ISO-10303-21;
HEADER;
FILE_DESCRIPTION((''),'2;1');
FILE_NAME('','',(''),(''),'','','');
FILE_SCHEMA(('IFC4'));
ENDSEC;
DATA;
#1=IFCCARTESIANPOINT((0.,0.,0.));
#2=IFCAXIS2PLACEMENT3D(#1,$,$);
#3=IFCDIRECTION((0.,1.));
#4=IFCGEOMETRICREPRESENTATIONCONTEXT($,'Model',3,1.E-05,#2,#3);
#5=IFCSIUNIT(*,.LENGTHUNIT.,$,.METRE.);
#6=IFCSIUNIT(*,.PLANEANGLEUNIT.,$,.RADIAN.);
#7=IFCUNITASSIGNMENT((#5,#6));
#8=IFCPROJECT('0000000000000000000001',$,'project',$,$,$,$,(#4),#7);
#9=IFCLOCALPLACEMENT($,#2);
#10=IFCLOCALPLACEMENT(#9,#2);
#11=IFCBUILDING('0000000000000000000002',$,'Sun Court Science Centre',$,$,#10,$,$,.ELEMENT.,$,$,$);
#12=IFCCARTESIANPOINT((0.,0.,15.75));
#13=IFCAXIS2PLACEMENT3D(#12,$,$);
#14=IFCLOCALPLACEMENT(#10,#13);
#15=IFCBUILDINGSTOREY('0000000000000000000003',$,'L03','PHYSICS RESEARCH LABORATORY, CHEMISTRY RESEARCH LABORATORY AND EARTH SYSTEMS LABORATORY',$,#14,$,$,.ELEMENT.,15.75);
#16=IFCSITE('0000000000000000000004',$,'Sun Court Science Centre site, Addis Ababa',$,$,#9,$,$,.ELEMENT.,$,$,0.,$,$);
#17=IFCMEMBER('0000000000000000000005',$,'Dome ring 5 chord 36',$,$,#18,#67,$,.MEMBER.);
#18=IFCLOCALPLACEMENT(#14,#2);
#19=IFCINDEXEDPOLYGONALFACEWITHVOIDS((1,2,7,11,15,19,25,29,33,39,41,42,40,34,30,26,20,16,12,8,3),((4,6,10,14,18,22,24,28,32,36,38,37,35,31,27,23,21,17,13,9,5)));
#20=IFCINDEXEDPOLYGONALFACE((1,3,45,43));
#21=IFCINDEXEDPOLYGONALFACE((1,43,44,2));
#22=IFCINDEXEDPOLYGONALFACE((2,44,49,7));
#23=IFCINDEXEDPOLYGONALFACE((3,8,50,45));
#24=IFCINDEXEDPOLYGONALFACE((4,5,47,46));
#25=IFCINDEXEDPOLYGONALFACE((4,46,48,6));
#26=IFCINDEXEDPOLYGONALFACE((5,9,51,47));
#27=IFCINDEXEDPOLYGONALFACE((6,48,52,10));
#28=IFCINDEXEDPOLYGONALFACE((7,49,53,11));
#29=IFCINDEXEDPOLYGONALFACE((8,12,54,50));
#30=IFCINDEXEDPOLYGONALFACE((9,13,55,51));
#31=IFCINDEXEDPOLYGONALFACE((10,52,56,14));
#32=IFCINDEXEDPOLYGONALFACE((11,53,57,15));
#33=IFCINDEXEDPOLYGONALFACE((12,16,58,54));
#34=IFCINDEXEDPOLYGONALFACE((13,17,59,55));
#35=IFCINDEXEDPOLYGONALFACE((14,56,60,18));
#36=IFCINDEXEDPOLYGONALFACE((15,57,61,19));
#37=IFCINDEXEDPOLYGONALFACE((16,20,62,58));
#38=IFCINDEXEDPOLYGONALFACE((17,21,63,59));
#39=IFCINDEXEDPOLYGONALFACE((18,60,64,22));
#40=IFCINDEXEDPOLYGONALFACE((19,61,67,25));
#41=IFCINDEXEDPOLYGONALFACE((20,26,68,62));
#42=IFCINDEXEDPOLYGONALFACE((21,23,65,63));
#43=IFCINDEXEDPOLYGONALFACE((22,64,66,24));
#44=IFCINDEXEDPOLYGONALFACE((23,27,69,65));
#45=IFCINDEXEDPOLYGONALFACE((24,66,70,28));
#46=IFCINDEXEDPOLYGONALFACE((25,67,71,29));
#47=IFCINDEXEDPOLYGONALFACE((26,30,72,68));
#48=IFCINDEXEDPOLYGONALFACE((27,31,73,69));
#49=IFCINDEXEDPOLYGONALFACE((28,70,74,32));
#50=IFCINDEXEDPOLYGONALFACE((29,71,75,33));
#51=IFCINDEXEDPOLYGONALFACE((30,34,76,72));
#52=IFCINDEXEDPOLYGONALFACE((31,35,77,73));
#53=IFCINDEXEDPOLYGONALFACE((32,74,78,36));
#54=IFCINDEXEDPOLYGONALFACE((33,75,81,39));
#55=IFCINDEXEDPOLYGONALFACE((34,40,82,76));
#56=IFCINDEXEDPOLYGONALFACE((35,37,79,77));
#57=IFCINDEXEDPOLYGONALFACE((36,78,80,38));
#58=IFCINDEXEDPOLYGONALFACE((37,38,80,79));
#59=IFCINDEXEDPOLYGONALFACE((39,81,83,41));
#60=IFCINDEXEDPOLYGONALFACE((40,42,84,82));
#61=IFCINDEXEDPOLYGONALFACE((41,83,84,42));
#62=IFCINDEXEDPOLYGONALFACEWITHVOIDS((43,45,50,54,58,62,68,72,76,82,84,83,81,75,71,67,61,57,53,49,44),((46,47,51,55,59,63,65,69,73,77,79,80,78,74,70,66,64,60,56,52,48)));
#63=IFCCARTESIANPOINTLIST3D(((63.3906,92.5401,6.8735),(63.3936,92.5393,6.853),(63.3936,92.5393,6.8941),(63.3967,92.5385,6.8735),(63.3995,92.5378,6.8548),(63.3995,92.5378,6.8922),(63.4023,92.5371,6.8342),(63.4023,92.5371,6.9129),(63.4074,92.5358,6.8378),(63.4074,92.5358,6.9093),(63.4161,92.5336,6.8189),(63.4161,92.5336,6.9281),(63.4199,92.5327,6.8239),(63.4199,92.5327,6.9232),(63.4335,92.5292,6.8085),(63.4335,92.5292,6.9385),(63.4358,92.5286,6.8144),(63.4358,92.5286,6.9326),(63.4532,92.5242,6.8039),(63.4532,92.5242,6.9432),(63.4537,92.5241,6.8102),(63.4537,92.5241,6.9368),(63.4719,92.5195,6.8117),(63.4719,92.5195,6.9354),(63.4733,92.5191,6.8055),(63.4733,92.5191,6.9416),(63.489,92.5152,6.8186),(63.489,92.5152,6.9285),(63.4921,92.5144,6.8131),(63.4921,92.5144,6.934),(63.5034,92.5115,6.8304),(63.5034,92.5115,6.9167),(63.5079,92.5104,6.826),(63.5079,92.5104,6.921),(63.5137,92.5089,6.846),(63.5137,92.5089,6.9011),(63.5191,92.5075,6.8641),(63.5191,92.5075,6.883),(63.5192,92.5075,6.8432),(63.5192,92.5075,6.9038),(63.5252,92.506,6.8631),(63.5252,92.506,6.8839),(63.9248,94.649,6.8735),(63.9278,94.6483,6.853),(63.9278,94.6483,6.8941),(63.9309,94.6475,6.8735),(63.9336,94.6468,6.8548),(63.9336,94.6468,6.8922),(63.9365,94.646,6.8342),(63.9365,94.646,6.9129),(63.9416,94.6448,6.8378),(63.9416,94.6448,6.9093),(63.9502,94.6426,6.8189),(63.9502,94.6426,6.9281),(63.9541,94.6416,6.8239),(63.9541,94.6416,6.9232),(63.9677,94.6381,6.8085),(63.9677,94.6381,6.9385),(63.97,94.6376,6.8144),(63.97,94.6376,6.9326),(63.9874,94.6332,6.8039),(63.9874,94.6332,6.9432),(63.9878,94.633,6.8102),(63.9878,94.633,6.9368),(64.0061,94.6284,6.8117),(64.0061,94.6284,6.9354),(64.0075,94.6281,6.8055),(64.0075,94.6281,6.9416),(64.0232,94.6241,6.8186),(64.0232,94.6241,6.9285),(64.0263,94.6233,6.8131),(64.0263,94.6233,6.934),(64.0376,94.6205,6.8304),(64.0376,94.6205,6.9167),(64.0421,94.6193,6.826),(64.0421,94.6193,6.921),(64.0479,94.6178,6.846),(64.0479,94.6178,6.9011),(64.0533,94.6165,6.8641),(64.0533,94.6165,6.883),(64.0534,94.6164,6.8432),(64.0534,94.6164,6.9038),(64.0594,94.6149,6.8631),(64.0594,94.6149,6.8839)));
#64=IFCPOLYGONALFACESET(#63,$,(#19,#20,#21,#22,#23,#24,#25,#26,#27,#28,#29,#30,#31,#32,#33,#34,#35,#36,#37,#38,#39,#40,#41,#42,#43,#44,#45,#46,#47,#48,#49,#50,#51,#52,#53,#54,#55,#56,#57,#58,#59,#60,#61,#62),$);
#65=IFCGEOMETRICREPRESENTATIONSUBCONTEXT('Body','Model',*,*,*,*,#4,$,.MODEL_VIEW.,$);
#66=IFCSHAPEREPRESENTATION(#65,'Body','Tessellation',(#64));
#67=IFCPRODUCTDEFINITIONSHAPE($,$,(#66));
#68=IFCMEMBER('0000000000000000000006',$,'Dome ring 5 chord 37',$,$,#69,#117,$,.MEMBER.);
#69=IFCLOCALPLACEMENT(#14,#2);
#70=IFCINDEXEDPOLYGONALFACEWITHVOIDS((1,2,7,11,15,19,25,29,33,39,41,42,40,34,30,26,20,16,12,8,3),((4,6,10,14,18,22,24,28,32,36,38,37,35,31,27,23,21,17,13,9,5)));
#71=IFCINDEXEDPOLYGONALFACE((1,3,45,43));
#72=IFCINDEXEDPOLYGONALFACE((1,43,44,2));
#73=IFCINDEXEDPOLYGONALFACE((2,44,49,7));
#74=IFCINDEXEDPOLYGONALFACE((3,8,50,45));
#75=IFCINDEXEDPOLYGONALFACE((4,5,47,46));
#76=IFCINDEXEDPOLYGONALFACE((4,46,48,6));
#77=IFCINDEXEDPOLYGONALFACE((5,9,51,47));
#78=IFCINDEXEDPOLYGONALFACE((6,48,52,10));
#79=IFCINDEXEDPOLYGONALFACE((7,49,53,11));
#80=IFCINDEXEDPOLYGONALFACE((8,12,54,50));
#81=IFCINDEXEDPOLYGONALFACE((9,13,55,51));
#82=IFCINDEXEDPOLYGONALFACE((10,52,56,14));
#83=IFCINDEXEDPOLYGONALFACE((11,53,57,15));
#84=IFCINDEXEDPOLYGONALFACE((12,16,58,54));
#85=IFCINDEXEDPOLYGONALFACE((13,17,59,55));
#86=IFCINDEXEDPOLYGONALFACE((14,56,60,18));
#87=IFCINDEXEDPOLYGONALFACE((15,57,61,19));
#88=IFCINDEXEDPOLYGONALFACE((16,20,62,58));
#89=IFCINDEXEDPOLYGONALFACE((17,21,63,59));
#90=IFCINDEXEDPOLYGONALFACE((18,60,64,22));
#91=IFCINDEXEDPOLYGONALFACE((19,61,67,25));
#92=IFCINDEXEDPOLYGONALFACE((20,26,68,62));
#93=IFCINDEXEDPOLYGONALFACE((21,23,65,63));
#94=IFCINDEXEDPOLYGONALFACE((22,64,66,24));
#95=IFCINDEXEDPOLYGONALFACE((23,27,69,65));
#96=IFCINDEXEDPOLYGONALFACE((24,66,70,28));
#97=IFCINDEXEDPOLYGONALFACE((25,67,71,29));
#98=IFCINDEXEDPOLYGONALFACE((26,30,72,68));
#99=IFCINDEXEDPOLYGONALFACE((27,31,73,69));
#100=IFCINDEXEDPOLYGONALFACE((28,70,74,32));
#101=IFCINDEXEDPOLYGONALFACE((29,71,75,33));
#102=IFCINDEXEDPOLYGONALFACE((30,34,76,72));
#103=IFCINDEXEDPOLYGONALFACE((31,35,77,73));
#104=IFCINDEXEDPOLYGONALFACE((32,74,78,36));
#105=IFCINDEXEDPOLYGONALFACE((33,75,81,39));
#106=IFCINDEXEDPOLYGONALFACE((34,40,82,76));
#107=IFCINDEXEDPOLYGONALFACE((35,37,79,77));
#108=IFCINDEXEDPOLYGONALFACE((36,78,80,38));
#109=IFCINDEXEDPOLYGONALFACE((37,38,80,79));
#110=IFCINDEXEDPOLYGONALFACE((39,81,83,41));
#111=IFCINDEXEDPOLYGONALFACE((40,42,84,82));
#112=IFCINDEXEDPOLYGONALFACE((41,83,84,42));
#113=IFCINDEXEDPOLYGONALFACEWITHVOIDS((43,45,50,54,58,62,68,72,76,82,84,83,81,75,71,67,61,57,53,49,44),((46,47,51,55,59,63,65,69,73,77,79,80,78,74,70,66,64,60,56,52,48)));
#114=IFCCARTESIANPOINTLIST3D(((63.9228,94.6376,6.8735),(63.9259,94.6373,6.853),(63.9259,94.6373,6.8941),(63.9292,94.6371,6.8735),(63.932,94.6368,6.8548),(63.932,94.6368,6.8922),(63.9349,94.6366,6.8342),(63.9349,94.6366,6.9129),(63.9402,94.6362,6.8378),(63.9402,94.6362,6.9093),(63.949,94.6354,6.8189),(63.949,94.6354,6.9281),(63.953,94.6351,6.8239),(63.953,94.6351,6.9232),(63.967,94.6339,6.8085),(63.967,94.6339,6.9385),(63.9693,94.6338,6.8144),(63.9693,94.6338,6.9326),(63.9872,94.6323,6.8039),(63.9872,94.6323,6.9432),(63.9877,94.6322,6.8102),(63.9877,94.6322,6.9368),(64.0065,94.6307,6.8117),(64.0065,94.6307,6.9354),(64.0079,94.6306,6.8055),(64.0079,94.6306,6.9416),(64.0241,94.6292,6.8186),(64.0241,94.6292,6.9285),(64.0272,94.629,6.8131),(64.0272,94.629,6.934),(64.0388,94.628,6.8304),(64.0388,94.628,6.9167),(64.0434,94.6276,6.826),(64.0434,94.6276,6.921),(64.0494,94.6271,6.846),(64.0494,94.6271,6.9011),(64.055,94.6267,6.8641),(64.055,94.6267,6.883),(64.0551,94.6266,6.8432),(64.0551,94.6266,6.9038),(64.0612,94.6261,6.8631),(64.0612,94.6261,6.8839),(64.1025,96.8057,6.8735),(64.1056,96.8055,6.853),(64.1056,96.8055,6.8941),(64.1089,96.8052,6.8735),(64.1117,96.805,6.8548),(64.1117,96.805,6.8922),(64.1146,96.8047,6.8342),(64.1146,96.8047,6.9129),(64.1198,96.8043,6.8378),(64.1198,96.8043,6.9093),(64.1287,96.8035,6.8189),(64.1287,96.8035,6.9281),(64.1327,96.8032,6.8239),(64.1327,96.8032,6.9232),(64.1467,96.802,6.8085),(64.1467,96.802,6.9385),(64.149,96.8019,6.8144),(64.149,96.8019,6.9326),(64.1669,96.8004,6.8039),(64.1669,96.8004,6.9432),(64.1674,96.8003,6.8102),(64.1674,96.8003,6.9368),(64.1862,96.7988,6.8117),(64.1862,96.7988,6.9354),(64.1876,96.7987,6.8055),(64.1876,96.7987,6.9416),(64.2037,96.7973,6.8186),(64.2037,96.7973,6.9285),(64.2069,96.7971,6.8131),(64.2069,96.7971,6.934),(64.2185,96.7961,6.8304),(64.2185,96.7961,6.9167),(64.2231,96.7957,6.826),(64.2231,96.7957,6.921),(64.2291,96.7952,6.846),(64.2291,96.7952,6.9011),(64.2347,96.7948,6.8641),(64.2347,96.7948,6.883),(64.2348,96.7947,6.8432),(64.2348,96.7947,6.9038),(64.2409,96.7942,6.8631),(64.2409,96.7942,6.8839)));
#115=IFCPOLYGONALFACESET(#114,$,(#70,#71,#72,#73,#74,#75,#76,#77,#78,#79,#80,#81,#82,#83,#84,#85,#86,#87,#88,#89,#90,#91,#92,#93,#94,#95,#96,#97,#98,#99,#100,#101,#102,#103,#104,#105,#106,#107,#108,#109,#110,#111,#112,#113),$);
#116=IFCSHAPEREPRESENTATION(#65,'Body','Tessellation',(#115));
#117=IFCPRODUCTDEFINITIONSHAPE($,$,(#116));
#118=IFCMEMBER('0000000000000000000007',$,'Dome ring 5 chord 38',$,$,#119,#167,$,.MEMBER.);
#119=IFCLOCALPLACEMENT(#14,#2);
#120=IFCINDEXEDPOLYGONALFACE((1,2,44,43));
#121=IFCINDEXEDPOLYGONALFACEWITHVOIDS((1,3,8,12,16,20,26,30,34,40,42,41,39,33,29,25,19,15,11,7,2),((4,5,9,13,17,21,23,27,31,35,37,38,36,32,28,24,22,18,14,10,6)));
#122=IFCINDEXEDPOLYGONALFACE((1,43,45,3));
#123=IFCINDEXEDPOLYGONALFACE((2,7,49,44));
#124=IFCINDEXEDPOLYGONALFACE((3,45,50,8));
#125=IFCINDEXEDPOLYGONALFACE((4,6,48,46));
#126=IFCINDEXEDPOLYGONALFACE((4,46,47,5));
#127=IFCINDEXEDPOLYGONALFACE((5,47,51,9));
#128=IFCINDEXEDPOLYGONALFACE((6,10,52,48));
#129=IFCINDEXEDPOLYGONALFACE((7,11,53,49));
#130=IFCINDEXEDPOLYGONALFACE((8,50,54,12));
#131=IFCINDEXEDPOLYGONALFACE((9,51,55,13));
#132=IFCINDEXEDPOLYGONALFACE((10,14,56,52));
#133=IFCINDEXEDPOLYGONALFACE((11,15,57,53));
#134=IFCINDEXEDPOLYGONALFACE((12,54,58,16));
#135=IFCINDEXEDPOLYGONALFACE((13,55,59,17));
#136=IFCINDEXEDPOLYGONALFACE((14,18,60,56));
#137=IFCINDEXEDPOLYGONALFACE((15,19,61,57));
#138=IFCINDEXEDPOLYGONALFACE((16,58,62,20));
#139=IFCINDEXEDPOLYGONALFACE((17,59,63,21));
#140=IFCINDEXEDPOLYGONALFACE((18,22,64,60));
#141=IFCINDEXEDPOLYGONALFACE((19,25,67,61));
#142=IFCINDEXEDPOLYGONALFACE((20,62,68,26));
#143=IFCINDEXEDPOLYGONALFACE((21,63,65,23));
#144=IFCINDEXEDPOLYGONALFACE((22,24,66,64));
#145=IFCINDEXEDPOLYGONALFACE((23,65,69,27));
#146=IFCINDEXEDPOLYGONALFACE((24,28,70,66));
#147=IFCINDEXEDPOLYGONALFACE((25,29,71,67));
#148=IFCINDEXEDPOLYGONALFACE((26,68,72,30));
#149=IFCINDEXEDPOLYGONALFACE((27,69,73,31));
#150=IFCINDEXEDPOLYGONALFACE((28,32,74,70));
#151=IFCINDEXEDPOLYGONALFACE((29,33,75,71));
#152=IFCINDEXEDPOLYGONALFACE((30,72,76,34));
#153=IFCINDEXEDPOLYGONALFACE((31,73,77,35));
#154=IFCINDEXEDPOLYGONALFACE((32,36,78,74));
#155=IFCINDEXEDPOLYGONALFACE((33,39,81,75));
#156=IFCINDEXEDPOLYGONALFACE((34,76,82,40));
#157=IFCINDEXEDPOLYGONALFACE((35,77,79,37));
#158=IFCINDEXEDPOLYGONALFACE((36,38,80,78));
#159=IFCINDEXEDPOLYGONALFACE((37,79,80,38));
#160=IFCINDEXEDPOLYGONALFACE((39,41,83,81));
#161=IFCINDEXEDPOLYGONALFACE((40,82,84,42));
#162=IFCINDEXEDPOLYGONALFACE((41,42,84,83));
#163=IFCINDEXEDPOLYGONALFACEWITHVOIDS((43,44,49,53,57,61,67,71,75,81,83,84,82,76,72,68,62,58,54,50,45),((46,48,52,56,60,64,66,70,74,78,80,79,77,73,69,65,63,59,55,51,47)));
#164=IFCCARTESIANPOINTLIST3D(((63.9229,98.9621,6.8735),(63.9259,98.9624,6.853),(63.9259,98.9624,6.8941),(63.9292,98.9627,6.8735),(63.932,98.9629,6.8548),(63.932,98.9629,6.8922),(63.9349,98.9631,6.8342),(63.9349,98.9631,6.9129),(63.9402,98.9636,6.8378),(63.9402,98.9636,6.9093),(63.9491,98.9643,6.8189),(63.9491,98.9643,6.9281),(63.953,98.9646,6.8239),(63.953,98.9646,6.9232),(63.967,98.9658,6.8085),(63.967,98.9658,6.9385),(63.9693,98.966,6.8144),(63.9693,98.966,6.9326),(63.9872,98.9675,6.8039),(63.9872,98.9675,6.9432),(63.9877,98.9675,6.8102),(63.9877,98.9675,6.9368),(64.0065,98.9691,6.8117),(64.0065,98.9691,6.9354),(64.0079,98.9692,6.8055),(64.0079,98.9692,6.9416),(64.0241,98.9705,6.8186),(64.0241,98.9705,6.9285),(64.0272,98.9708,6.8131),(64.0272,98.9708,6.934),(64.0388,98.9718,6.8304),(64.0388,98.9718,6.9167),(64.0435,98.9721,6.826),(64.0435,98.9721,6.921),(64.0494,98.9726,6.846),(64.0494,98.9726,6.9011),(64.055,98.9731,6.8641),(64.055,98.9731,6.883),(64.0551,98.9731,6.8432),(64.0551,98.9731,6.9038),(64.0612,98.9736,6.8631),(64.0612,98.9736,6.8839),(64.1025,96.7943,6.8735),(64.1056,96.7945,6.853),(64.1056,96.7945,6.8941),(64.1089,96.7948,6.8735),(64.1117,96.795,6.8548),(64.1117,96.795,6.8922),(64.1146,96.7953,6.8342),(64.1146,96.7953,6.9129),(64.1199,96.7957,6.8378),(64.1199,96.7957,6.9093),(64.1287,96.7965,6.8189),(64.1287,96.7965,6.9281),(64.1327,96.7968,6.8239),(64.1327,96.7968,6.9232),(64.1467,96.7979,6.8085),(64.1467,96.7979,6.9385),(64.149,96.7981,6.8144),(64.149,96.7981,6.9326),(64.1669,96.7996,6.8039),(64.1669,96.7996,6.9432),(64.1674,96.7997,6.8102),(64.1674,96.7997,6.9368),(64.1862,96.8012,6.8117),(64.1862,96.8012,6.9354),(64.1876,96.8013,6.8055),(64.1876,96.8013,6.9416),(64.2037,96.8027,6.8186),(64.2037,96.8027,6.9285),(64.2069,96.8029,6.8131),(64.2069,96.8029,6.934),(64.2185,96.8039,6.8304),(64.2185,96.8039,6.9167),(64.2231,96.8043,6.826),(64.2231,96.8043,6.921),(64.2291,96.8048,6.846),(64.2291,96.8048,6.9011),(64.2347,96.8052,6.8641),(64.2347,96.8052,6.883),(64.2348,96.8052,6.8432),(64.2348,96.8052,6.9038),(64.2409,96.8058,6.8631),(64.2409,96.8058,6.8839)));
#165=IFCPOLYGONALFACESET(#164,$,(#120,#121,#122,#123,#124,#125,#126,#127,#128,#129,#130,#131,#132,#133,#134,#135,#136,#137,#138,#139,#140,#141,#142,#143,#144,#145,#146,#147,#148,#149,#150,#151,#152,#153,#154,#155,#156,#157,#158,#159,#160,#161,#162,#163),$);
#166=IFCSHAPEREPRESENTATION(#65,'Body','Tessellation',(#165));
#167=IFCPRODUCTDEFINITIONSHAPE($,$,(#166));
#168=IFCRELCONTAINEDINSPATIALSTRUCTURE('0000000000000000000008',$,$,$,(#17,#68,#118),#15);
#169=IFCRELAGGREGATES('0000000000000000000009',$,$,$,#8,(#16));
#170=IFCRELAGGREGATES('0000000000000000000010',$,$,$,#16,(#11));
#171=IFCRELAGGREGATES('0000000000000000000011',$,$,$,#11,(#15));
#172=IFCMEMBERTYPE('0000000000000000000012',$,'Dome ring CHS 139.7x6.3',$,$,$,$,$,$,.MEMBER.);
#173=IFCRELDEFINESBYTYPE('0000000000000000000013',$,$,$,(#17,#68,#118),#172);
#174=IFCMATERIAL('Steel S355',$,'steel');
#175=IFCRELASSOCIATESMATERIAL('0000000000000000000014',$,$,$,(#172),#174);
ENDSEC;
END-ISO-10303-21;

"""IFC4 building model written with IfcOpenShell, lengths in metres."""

from ifc_helpers import new_model, si_unit, direction, frame, origin, origin_2d, place, context, subcontext, project, spatial, hollow_circle, extrude, material, material_profile, profile_set, type_object, element, save


model = new_model("IFC4")

# Units and contexts
model_context = context("Model", 3, precision=1e-05, world=origin(), true_north=direction((0.0, 1.0)))
body_context = subcontext(model_context, "Body", "Model", "MODEL_VIEW")
ifc_project = project(units=[si_unit("LENGTHUNIT", "METRE"), si_unit("PLANEANGLEUNIT", "RADIAN")], contexts=[model_context])

# Site, building, storey
site_placement = place(None, origin())
site = spatial("IfcSite", under=ifc_project, at=site_placement, Name="Sun Court Science Centre site, Addis Ababa", CompositionType="ELEMENT", RefElevation=0.0)
building_placement = place(site_placement, origin())
building = spatial("IfcBuilding", under=site, at=building_placement, Name="Sun Court Science Centre", CompositionType="ELEMENT")
storey_placement = place(building_placement, frame((0.0, 0.0, 15.75)))
storey = spatial("IfcBuildingStorey", under=building, at=storey_placement, Name="L03", Description="PHYSICS RESEARCH LABORATORY, CHEMISTRY RESEARCH LABORATORY AND EARTH SYSTEMS LABORATORY", CompositionType="ELEMENT", Elevation=15.75)

# Members
ifc_material_1 = material(Name="Steel S355", Category="steel")
ifc_material_profile_1 = material_profile(ifc_material_1, hollow_circle(Radius=0.0698, WallThickness=0.0063, at=origin_2d()), Name="CHS 139.7x6.3")
ifc_profile_set_1 = profile_set([ifc_material_profile_1], Name="Steel S355")
member_type_1 = type_object("IfcMemberType", Name="Dome ring CHS 139.7x6.3", PredefinedType="MEMBER", material=ifc_profile_set_1)
for number, where, z_axis, x_axis, name in (
    (1, (63.4583, 92.5229, 6.8735), (0.245545, 0.969385, 0.0), (-0.969385, 0.245545, 0.0), "Dome ring 5 chord 36"),
    (2, (63.9924, 94.6318, 6.8735), (0.08259, 0.996584, 0.0), (-0.996584, 0.08259, 0.0), "Dome ring 5 chord 37"),
):
    element("IfcMember", number, at=place(storey_placement, frame(where, z_axis=z_axis, x_axis=x_axis)), inside=storey, type_object=member_type_1, Name=name, PredefinedType="MEMBER", context=body_context, shape_type="SweptSolid", body=[
        extrude(hollow_circle(Radius=0.0698, WallThickness=0.0063, at=origin_2d()), origin(), (0.0, 0.0, 1.0), 2.1755),
    ])
member_1_placement = place(storey_placement, frame((64.1721, 96.8, 6.8735), z_axis=(-0.0826, 0.996583, 0.0), x_axis=(-0.996583, -0.0826, 0.0)))
element("IfcMember", 3, at=member_1_placement, inside=storey, type_object=member_type_1, Name="Dome ring 5 chord 38", PredefinedType="MEMBER", context=body_context, shape_type="SweptSolid", body=[
    extrude(hollow_circle(Radius=0.0698, WallThickness=0.0063, at=origin_2d()), origin(), (0.0, 0.0, 1.0), 2.1753),
])

save(model, "model.ifc")
